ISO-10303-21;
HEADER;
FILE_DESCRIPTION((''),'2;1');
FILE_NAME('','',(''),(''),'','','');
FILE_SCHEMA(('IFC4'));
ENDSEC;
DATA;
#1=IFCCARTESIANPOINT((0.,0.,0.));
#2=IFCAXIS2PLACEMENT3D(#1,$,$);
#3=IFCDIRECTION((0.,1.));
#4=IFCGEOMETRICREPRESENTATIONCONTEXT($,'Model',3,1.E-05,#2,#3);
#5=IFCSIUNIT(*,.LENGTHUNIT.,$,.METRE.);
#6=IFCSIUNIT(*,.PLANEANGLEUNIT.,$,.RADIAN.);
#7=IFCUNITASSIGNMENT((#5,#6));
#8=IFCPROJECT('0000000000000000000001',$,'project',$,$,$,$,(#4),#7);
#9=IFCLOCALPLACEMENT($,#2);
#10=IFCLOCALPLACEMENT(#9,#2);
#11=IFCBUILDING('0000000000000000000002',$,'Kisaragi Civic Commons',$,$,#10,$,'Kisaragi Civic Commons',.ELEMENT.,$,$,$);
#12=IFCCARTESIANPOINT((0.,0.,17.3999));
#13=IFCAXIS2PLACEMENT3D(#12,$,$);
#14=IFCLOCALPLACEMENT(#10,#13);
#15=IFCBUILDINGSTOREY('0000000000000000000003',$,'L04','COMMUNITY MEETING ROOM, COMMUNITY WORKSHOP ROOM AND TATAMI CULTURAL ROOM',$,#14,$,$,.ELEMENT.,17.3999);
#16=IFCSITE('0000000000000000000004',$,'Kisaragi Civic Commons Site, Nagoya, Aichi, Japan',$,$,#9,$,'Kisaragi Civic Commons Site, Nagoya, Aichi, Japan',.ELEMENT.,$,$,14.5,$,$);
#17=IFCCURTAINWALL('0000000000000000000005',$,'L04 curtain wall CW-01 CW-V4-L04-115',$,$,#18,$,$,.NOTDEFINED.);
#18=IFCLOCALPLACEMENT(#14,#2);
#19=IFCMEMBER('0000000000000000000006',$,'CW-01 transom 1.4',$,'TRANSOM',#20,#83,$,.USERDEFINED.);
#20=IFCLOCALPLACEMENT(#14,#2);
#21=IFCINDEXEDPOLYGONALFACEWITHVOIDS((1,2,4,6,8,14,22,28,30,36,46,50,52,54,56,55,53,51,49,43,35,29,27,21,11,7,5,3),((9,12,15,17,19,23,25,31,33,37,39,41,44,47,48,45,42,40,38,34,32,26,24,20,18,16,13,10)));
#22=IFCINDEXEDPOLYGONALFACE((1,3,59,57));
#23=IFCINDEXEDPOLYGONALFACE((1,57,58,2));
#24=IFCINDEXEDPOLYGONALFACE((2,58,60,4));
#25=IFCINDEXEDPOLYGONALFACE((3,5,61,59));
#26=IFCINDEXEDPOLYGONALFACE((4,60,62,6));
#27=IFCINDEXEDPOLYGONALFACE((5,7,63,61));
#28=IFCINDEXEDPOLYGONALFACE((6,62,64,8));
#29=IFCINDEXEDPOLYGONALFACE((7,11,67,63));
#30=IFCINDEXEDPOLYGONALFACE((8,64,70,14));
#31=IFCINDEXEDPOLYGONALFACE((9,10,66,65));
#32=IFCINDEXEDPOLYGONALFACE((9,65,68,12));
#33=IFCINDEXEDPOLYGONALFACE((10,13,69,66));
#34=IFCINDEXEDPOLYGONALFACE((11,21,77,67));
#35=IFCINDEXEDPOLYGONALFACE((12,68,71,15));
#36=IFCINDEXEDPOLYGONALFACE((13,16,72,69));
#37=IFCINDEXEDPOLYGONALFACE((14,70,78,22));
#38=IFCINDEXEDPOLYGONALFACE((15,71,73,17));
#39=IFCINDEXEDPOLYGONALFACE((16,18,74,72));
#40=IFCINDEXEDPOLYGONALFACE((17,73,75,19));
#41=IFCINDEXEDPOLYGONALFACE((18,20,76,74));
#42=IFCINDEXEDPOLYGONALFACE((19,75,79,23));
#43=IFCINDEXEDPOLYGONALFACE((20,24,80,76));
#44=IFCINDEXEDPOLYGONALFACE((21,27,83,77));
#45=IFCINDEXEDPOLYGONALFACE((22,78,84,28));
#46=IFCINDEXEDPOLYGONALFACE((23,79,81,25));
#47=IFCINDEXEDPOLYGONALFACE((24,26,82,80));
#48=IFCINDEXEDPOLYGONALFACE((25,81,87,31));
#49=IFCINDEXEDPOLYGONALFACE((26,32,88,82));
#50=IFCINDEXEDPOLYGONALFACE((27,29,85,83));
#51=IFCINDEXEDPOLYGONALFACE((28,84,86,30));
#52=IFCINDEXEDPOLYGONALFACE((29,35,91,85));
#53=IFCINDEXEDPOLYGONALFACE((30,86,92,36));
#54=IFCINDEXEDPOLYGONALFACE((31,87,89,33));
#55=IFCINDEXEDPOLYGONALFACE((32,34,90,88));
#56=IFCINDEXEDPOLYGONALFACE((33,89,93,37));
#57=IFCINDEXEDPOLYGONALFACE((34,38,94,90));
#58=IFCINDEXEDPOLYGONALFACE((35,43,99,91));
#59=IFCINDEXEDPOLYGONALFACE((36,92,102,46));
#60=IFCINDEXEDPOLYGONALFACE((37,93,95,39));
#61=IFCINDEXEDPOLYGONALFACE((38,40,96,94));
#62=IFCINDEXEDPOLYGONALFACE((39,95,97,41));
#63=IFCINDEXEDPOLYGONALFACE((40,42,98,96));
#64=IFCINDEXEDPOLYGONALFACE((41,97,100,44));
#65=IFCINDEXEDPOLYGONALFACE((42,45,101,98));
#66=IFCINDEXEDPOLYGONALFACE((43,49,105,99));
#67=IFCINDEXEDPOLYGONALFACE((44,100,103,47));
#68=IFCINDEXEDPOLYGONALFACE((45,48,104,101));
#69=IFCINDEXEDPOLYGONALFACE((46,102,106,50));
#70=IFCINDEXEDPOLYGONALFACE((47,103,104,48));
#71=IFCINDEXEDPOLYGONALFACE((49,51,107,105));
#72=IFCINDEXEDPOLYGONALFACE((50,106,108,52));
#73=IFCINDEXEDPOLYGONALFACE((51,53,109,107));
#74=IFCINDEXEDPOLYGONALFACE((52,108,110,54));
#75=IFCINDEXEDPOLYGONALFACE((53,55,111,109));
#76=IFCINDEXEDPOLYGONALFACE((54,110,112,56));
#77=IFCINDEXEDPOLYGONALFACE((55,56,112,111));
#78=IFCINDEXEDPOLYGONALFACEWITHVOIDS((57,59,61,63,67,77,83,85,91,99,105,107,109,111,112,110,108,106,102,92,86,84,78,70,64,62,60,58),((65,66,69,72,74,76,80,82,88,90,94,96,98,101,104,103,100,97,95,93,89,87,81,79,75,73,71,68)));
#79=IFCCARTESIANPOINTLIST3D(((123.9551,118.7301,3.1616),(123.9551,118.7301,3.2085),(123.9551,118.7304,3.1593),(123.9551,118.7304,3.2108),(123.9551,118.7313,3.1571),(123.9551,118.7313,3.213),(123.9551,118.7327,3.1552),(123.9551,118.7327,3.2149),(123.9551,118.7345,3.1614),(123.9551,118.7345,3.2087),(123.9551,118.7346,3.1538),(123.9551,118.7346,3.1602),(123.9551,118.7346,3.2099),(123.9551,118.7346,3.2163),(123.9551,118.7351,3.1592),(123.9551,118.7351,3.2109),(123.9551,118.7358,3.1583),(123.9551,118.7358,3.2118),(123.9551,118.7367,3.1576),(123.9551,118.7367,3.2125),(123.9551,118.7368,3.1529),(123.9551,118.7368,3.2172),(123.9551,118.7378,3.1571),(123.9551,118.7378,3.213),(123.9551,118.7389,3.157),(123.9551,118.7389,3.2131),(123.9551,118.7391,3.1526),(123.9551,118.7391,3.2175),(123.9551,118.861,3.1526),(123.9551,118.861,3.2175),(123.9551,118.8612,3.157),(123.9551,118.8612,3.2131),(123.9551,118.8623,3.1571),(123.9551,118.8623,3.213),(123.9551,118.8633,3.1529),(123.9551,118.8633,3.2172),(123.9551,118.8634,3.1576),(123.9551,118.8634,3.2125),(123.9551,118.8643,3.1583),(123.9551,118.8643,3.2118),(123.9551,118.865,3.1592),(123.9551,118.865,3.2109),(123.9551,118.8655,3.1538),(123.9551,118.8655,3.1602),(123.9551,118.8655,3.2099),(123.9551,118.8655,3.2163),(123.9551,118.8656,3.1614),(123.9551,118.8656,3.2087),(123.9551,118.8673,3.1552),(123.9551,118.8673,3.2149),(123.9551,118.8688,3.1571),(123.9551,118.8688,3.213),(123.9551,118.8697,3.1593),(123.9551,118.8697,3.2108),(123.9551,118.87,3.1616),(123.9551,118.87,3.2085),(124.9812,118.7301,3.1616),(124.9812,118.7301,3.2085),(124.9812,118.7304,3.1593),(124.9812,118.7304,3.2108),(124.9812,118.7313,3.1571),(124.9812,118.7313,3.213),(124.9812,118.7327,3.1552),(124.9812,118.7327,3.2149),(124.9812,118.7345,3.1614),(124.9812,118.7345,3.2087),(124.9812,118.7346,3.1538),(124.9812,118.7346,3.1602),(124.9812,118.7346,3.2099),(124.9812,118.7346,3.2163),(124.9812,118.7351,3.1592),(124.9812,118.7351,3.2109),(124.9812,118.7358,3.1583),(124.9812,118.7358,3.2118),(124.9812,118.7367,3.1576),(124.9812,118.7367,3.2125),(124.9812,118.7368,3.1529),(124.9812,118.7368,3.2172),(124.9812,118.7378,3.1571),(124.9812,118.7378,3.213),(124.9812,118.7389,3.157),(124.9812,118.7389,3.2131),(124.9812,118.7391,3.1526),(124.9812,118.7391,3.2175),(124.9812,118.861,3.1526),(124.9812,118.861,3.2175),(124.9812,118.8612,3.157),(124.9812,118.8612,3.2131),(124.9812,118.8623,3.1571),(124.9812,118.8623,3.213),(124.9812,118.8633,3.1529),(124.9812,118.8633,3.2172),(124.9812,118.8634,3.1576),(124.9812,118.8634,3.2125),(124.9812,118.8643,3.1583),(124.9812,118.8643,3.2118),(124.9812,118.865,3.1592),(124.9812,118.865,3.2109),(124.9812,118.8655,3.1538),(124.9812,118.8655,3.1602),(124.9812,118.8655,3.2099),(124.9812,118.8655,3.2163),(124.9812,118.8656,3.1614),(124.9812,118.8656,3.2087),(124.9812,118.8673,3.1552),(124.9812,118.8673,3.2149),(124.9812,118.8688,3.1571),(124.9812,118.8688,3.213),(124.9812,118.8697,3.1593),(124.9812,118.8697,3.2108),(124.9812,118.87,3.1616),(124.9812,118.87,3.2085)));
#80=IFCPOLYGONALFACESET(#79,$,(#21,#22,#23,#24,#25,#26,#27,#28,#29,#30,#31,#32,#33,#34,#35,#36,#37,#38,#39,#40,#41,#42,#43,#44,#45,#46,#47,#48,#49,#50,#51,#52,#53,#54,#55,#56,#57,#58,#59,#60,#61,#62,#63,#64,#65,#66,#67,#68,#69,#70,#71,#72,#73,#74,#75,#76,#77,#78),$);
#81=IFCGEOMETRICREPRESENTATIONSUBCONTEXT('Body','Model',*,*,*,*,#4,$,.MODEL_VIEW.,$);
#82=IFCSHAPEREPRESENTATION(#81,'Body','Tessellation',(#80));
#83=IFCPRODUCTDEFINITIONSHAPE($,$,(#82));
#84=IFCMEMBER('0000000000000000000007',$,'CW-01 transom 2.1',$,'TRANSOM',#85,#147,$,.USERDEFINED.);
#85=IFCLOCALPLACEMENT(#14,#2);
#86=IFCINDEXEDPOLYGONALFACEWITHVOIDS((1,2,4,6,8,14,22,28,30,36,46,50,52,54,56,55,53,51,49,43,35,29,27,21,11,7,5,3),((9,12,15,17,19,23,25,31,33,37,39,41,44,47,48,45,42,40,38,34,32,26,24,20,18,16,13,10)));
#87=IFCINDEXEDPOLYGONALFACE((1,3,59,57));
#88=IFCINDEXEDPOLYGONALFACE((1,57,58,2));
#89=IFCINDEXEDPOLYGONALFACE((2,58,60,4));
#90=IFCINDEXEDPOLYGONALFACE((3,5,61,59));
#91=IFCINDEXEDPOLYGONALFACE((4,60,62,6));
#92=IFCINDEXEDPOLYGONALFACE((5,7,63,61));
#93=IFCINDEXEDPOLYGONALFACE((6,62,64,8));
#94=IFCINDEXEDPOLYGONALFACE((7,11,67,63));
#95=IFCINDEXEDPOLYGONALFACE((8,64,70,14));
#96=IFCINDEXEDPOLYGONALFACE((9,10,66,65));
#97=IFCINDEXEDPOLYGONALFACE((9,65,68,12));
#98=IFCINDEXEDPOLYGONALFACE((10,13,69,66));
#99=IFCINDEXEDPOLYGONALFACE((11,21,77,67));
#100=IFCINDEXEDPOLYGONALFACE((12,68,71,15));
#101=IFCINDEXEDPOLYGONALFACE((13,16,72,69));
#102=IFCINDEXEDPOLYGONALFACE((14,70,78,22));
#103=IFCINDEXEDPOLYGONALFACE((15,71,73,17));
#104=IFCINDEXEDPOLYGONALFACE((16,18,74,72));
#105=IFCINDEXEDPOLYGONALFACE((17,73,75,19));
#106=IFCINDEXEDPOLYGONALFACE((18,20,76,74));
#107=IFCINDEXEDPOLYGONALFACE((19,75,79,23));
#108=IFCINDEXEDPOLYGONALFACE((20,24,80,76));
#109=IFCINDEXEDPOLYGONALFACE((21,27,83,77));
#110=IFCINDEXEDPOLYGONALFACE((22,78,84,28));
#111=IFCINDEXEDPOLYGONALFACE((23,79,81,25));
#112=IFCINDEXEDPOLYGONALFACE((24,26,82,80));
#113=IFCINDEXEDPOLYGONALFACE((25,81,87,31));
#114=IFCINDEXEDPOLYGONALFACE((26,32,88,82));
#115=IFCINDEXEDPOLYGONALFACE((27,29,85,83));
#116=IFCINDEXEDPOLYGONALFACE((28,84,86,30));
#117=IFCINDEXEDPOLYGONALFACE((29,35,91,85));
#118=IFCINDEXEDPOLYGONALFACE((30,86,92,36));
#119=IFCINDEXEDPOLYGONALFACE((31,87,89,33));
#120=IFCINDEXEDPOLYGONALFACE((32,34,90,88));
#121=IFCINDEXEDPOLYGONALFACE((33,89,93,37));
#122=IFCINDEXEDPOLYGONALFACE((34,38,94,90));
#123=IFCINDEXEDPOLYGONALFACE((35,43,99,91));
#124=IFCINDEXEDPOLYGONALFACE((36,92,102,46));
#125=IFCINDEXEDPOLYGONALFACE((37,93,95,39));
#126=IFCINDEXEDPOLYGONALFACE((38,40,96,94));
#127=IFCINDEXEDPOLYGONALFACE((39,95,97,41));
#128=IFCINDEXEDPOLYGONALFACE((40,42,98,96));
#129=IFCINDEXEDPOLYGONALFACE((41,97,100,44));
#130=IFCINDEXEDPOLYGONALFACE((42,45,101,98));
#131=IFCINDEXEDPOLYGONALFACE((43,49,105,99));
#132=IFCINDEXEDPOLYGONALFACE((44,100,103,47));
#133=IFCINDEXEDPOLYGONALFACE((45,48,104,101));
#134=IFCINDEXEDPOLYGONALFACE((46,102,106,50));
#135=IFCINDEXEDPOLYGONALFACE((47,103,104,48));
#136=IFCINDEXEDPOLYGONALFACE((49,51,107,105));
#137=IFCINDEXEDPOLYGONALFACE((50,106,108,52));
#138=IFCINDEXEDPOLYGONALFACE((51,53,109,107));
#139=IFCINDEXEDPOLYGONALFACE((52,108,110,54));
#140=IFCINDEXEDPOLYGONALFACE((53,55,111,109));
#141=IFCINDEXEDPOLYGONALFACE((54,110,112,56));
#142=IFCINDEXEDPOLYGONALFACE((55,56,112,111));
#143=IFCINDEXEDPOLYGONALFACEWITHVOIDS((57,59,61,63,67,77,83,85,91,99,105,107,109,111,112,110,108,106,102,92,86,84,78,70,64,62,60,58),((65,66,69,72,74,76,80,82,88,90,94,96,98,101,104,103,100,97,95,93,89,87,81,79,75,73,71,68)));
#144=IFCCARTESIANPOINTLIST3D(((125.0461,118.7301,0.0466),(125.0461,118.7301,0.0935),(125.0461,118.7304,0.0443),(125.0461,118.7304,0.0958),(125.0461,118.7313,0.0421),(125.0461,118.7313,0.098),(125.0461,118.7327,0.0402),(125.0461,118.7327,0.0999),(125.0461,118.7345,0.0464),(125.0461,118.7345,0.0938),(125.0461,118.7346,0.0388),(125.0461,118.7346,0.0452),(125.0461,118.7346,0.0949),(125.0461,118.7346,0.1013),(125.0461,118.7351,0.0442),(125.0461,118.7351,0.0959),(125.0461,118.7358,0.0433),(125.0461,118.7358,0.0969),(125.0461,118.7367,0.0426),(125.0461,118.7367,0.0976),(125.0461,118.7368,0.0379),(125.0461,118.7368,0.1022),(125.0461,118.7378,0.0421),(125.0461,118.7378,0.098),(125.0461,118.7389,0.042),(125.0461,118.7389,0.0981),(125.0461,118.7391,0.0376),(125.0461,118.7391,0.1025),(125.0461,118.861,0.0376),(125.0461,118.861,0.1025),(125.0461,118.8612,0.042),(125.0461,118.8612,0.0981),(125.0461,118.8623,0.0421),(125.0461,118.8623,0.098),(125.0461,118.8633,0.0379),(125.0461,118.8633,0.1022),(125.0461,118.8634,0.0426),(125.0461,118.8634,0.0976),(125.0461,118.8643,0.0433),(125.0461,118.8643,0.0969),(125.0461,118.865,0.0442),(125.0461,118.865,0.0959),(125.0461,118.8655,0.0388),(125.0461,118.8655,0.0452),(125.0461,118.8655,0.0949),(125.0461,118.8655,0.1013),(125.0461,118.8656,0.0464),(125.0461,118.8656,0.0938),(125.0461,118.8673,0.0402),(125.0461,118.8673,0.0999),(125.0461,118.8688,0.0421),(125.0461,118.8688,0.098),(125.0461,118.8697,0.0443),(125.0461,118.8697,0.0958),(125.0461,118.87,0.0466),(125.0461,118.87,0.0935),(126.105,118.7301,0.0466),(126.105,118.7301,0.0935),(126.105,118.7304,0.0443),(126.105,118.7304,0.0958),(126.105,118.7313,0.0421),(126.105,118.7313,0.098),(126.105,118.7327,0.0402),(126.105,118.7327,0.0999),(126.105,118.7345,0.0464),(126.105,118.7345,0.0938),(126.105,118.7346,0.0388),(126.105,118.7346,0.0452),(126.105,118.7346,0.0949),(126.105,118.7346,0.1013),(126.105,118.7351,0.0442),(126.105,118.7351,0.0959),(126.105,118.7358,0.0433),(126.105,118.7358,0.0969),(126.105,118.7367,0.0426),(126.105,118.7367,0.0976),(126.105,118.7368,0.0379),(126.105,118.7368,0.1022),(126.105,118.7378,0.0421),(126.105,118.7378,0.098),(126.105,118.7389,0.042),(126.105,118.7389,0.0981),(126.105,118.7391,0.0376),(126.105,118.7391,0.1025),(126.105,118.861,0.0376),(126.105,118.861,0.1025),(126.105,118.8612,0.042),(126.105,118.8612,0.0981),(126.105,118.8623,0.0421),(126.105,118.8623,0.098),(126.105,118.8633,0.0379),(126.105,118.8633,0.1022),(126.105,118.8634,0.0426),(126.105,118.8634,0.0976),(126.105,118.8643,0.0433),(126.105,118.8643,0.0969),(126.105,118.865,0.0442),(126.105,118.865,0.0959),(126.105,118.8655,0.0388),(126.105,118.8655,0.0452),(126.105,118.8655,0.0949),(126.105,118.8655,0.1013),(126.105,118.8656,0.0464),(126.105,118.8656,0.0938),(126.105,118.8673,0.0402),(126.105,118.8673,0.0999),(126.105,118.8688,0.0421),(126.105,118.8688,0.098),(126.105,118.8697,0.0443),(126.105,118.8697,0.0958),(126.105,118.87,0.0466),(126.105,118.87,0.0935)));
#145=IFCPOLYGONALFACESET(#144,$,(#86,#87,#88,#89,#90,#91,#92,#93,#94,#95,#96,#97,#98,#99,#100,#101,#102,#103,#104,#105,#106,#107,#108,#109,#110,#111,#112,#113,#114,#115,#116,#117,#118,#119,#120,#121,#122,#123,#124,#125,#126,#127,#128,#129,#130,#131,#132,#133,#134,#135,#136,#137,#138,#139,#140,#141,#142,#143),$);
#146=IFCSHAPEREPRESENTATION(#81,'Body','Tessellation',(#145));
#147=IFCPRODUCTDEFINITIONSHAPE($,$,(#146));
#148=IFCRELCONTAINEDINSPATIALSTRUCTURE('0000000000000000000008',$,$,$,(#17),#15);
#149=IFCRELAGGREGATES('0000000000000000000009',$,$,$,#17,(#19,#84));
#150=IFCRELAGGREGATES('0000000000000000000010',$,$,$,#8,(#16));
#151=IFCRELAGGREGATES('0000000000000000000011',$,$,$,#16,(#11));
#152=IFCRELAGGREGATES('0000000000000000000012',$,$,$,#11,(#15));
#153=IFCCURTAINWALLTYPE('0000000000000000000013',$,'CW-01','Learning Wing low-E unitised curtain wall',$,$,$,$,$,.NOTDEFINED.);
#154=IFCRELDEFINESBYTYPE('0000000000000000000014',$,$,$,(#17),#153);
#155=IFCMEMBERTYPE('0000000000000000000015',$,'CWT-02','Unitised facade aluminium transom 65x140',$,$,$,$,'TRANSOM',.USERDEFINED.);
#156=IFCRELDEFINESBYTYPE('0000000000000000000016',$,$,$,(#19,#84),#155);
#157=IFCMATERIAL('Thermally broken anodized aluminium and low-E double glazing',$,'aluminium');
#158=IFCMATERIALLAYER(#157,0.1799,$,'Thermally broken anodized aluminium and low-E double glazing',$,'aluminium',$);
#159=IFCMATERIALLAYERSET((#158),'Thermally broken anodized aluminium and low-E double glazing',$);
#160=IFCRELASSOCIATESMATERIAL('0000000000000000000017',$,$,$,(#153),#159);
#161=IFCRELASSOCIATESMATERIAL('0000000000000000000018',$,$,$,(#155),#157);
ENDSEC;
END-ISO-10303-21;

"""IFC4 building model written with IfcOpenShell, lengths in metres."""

from ifc_helpers import new_model, si_unit, direction, frame, origin, origin_2d, place, context, subcontext, project, spatial, hollow_rectangle, extrude, material, layer, layer_set, material_profile, profile_set, type_object, element, aggregate, save


model = new_model("IFC4")

# Units and contexts
model_context = context("Model", 3, precision=1e-05, world=origin(), true_north=direction((0.0, 1.0)))
body_context = subcontext(model_context, "Body", "Model", "MODEL_VIEW")
ifc_project = project(units=[si_unit("LENGTHUNIT", "METRE"), si_unit("PLANEANGLEUNIT", "RADIAN")], contexts=[model_context])

# Site, building, storey
site_placement = place(None, origin())
site = spatial("IfcSite", under=ifc_project, at=site_placement, Name="Kisaragi Civic Commons Site, Nagoya, Aichi, Japan", LongName="Kisaragi Civic Commons Site, Nagoya, Aichi, Japan", CompositionType="ELEMENT", RefElevation=14.5)
building_placement = place(site_placement, origin())
building = spatial("IfcBuilding", under=site, at=building_placement, Name="Kisaragi Civic Commons", LongName="Kisaragi Civic Commons", CompositionType="ELEMENT")
storey_placement = place(building_placement, frame((0.0, 0.0, 17.3999)))
storey = spatial("IfcBuildingStorey", under=building, at=storey_placement, Name="L04", Description="COMMUNITY MEETING ROOM, COMMUNITY WORKSHOP ROOM AND TATAMI CULTURAL ROOM", CompositionType="ELEMENT", Elevation=17.3999)

# Curtain wall
ifc_material_1 = material(Name="Thermally broken anodized aluminium and low-E double glazing", Category="aluminium")
ifc_layer_1 = layer(ifc_material_1, 0.1799, Name="Thermally broken anodized aluminium and low-E double glazing", Category="aluminium")
ifc_layer_set_1 = layer_set([ifc_layer_1], Name="Thermally broken anodized aluminium and low-E double glazing")
curtain_wall_type = type_object("IfcCurtainWallType", Name="CW-01", Description="Learning Wing low-E unitised curtain wall", PredefinedType="NOTDEFINED", material=ifc_layer_set_1)
curtain_wall_1_placement = place(storey_placement, origin())
curtain_wall_1 = element("IfcCurtainWall", 1, at=curtain_wall_1_placement, inside=storey, type_object=curtain_wall_type, Name="L04 curtain wall CW-01 CW-V4-L04-115", PredefinedType="NOTDEFINED")

# Members
ifc_material_profile_1 = material_profile(ifc_material_1, hollow_rectangle(XDim=0.1399, YDim=0.0649, WallThickness=0.0044, InnerFilletRadius=0.0044, OuterFilletRadius=0.009, at=origin_2d()), Name="CWT-65x140x4.5", Category="aluminium")
ifc_profile_set_1 = profile_set([ifc_material_profile_1], Name="Thermally broken anodized aluminium and low-E double glazing")
member_type_1 = type_object("IfcMemberType", Name="CWT-02", Description="Unitised facade aluminium transom 65x140", ElementType="TRANSOM", PredefinedType="USERDEFINED", material=ifc_profile_set_1)
member_1_placement = place(storey_placement, frame((123.9551, 118.8, 3.1851), z_axis=(1.0, 0.0, 0.0), x_axis=(0.0, 1.0, 0.0)))
member_1 = element("IfcMember", 2, at=member_1_placement, type_object=member_type_1, Name="CW-01 transom 1.4", ObjectType="TRANSOM", PredefinedType="USERDEFINED", context=body_context, shape_type="SweptSolid", body=[
    extrude(hollow_rectangle(XDim=0.1399, YDim=0.0649, WallThickness=0.0044, InnerFilletRadius=0.0044, OuterFilletRadius=0.009, at=origin_2d()), origin(), (0.0, 0.0, 1.0), 1.0261),
])
member_2_placement = place(storey_placement, frame((125.0461, 118.8, 0.0701), z_axis=(1.0, 0.0, 0.0), x_axis=(0.0, 1.0, 0.0)))
member_2 = element("IfcMember", 3, at=member_2_placement, type_object=member_type_1, Name="CW-01 transom 2.1", ObjectType="TRANSOM", PredefinedType="USERDEFINED", context=body_context, shape_type="SweptSolid", body=[
    extrude(hollow_rectangle(XDim=0.1399, YDim=0.0649, WallThickness=0.0044, InnerFilletRadius=0.0044, OuterFilletRadius=0.009, at=origin_2d()), origin(), (0.0, 0.0, 1.0), 1.0588),
])

aggregate(curtain_wall_1, [member_1, member_2])

save(model, "model.ifc")
